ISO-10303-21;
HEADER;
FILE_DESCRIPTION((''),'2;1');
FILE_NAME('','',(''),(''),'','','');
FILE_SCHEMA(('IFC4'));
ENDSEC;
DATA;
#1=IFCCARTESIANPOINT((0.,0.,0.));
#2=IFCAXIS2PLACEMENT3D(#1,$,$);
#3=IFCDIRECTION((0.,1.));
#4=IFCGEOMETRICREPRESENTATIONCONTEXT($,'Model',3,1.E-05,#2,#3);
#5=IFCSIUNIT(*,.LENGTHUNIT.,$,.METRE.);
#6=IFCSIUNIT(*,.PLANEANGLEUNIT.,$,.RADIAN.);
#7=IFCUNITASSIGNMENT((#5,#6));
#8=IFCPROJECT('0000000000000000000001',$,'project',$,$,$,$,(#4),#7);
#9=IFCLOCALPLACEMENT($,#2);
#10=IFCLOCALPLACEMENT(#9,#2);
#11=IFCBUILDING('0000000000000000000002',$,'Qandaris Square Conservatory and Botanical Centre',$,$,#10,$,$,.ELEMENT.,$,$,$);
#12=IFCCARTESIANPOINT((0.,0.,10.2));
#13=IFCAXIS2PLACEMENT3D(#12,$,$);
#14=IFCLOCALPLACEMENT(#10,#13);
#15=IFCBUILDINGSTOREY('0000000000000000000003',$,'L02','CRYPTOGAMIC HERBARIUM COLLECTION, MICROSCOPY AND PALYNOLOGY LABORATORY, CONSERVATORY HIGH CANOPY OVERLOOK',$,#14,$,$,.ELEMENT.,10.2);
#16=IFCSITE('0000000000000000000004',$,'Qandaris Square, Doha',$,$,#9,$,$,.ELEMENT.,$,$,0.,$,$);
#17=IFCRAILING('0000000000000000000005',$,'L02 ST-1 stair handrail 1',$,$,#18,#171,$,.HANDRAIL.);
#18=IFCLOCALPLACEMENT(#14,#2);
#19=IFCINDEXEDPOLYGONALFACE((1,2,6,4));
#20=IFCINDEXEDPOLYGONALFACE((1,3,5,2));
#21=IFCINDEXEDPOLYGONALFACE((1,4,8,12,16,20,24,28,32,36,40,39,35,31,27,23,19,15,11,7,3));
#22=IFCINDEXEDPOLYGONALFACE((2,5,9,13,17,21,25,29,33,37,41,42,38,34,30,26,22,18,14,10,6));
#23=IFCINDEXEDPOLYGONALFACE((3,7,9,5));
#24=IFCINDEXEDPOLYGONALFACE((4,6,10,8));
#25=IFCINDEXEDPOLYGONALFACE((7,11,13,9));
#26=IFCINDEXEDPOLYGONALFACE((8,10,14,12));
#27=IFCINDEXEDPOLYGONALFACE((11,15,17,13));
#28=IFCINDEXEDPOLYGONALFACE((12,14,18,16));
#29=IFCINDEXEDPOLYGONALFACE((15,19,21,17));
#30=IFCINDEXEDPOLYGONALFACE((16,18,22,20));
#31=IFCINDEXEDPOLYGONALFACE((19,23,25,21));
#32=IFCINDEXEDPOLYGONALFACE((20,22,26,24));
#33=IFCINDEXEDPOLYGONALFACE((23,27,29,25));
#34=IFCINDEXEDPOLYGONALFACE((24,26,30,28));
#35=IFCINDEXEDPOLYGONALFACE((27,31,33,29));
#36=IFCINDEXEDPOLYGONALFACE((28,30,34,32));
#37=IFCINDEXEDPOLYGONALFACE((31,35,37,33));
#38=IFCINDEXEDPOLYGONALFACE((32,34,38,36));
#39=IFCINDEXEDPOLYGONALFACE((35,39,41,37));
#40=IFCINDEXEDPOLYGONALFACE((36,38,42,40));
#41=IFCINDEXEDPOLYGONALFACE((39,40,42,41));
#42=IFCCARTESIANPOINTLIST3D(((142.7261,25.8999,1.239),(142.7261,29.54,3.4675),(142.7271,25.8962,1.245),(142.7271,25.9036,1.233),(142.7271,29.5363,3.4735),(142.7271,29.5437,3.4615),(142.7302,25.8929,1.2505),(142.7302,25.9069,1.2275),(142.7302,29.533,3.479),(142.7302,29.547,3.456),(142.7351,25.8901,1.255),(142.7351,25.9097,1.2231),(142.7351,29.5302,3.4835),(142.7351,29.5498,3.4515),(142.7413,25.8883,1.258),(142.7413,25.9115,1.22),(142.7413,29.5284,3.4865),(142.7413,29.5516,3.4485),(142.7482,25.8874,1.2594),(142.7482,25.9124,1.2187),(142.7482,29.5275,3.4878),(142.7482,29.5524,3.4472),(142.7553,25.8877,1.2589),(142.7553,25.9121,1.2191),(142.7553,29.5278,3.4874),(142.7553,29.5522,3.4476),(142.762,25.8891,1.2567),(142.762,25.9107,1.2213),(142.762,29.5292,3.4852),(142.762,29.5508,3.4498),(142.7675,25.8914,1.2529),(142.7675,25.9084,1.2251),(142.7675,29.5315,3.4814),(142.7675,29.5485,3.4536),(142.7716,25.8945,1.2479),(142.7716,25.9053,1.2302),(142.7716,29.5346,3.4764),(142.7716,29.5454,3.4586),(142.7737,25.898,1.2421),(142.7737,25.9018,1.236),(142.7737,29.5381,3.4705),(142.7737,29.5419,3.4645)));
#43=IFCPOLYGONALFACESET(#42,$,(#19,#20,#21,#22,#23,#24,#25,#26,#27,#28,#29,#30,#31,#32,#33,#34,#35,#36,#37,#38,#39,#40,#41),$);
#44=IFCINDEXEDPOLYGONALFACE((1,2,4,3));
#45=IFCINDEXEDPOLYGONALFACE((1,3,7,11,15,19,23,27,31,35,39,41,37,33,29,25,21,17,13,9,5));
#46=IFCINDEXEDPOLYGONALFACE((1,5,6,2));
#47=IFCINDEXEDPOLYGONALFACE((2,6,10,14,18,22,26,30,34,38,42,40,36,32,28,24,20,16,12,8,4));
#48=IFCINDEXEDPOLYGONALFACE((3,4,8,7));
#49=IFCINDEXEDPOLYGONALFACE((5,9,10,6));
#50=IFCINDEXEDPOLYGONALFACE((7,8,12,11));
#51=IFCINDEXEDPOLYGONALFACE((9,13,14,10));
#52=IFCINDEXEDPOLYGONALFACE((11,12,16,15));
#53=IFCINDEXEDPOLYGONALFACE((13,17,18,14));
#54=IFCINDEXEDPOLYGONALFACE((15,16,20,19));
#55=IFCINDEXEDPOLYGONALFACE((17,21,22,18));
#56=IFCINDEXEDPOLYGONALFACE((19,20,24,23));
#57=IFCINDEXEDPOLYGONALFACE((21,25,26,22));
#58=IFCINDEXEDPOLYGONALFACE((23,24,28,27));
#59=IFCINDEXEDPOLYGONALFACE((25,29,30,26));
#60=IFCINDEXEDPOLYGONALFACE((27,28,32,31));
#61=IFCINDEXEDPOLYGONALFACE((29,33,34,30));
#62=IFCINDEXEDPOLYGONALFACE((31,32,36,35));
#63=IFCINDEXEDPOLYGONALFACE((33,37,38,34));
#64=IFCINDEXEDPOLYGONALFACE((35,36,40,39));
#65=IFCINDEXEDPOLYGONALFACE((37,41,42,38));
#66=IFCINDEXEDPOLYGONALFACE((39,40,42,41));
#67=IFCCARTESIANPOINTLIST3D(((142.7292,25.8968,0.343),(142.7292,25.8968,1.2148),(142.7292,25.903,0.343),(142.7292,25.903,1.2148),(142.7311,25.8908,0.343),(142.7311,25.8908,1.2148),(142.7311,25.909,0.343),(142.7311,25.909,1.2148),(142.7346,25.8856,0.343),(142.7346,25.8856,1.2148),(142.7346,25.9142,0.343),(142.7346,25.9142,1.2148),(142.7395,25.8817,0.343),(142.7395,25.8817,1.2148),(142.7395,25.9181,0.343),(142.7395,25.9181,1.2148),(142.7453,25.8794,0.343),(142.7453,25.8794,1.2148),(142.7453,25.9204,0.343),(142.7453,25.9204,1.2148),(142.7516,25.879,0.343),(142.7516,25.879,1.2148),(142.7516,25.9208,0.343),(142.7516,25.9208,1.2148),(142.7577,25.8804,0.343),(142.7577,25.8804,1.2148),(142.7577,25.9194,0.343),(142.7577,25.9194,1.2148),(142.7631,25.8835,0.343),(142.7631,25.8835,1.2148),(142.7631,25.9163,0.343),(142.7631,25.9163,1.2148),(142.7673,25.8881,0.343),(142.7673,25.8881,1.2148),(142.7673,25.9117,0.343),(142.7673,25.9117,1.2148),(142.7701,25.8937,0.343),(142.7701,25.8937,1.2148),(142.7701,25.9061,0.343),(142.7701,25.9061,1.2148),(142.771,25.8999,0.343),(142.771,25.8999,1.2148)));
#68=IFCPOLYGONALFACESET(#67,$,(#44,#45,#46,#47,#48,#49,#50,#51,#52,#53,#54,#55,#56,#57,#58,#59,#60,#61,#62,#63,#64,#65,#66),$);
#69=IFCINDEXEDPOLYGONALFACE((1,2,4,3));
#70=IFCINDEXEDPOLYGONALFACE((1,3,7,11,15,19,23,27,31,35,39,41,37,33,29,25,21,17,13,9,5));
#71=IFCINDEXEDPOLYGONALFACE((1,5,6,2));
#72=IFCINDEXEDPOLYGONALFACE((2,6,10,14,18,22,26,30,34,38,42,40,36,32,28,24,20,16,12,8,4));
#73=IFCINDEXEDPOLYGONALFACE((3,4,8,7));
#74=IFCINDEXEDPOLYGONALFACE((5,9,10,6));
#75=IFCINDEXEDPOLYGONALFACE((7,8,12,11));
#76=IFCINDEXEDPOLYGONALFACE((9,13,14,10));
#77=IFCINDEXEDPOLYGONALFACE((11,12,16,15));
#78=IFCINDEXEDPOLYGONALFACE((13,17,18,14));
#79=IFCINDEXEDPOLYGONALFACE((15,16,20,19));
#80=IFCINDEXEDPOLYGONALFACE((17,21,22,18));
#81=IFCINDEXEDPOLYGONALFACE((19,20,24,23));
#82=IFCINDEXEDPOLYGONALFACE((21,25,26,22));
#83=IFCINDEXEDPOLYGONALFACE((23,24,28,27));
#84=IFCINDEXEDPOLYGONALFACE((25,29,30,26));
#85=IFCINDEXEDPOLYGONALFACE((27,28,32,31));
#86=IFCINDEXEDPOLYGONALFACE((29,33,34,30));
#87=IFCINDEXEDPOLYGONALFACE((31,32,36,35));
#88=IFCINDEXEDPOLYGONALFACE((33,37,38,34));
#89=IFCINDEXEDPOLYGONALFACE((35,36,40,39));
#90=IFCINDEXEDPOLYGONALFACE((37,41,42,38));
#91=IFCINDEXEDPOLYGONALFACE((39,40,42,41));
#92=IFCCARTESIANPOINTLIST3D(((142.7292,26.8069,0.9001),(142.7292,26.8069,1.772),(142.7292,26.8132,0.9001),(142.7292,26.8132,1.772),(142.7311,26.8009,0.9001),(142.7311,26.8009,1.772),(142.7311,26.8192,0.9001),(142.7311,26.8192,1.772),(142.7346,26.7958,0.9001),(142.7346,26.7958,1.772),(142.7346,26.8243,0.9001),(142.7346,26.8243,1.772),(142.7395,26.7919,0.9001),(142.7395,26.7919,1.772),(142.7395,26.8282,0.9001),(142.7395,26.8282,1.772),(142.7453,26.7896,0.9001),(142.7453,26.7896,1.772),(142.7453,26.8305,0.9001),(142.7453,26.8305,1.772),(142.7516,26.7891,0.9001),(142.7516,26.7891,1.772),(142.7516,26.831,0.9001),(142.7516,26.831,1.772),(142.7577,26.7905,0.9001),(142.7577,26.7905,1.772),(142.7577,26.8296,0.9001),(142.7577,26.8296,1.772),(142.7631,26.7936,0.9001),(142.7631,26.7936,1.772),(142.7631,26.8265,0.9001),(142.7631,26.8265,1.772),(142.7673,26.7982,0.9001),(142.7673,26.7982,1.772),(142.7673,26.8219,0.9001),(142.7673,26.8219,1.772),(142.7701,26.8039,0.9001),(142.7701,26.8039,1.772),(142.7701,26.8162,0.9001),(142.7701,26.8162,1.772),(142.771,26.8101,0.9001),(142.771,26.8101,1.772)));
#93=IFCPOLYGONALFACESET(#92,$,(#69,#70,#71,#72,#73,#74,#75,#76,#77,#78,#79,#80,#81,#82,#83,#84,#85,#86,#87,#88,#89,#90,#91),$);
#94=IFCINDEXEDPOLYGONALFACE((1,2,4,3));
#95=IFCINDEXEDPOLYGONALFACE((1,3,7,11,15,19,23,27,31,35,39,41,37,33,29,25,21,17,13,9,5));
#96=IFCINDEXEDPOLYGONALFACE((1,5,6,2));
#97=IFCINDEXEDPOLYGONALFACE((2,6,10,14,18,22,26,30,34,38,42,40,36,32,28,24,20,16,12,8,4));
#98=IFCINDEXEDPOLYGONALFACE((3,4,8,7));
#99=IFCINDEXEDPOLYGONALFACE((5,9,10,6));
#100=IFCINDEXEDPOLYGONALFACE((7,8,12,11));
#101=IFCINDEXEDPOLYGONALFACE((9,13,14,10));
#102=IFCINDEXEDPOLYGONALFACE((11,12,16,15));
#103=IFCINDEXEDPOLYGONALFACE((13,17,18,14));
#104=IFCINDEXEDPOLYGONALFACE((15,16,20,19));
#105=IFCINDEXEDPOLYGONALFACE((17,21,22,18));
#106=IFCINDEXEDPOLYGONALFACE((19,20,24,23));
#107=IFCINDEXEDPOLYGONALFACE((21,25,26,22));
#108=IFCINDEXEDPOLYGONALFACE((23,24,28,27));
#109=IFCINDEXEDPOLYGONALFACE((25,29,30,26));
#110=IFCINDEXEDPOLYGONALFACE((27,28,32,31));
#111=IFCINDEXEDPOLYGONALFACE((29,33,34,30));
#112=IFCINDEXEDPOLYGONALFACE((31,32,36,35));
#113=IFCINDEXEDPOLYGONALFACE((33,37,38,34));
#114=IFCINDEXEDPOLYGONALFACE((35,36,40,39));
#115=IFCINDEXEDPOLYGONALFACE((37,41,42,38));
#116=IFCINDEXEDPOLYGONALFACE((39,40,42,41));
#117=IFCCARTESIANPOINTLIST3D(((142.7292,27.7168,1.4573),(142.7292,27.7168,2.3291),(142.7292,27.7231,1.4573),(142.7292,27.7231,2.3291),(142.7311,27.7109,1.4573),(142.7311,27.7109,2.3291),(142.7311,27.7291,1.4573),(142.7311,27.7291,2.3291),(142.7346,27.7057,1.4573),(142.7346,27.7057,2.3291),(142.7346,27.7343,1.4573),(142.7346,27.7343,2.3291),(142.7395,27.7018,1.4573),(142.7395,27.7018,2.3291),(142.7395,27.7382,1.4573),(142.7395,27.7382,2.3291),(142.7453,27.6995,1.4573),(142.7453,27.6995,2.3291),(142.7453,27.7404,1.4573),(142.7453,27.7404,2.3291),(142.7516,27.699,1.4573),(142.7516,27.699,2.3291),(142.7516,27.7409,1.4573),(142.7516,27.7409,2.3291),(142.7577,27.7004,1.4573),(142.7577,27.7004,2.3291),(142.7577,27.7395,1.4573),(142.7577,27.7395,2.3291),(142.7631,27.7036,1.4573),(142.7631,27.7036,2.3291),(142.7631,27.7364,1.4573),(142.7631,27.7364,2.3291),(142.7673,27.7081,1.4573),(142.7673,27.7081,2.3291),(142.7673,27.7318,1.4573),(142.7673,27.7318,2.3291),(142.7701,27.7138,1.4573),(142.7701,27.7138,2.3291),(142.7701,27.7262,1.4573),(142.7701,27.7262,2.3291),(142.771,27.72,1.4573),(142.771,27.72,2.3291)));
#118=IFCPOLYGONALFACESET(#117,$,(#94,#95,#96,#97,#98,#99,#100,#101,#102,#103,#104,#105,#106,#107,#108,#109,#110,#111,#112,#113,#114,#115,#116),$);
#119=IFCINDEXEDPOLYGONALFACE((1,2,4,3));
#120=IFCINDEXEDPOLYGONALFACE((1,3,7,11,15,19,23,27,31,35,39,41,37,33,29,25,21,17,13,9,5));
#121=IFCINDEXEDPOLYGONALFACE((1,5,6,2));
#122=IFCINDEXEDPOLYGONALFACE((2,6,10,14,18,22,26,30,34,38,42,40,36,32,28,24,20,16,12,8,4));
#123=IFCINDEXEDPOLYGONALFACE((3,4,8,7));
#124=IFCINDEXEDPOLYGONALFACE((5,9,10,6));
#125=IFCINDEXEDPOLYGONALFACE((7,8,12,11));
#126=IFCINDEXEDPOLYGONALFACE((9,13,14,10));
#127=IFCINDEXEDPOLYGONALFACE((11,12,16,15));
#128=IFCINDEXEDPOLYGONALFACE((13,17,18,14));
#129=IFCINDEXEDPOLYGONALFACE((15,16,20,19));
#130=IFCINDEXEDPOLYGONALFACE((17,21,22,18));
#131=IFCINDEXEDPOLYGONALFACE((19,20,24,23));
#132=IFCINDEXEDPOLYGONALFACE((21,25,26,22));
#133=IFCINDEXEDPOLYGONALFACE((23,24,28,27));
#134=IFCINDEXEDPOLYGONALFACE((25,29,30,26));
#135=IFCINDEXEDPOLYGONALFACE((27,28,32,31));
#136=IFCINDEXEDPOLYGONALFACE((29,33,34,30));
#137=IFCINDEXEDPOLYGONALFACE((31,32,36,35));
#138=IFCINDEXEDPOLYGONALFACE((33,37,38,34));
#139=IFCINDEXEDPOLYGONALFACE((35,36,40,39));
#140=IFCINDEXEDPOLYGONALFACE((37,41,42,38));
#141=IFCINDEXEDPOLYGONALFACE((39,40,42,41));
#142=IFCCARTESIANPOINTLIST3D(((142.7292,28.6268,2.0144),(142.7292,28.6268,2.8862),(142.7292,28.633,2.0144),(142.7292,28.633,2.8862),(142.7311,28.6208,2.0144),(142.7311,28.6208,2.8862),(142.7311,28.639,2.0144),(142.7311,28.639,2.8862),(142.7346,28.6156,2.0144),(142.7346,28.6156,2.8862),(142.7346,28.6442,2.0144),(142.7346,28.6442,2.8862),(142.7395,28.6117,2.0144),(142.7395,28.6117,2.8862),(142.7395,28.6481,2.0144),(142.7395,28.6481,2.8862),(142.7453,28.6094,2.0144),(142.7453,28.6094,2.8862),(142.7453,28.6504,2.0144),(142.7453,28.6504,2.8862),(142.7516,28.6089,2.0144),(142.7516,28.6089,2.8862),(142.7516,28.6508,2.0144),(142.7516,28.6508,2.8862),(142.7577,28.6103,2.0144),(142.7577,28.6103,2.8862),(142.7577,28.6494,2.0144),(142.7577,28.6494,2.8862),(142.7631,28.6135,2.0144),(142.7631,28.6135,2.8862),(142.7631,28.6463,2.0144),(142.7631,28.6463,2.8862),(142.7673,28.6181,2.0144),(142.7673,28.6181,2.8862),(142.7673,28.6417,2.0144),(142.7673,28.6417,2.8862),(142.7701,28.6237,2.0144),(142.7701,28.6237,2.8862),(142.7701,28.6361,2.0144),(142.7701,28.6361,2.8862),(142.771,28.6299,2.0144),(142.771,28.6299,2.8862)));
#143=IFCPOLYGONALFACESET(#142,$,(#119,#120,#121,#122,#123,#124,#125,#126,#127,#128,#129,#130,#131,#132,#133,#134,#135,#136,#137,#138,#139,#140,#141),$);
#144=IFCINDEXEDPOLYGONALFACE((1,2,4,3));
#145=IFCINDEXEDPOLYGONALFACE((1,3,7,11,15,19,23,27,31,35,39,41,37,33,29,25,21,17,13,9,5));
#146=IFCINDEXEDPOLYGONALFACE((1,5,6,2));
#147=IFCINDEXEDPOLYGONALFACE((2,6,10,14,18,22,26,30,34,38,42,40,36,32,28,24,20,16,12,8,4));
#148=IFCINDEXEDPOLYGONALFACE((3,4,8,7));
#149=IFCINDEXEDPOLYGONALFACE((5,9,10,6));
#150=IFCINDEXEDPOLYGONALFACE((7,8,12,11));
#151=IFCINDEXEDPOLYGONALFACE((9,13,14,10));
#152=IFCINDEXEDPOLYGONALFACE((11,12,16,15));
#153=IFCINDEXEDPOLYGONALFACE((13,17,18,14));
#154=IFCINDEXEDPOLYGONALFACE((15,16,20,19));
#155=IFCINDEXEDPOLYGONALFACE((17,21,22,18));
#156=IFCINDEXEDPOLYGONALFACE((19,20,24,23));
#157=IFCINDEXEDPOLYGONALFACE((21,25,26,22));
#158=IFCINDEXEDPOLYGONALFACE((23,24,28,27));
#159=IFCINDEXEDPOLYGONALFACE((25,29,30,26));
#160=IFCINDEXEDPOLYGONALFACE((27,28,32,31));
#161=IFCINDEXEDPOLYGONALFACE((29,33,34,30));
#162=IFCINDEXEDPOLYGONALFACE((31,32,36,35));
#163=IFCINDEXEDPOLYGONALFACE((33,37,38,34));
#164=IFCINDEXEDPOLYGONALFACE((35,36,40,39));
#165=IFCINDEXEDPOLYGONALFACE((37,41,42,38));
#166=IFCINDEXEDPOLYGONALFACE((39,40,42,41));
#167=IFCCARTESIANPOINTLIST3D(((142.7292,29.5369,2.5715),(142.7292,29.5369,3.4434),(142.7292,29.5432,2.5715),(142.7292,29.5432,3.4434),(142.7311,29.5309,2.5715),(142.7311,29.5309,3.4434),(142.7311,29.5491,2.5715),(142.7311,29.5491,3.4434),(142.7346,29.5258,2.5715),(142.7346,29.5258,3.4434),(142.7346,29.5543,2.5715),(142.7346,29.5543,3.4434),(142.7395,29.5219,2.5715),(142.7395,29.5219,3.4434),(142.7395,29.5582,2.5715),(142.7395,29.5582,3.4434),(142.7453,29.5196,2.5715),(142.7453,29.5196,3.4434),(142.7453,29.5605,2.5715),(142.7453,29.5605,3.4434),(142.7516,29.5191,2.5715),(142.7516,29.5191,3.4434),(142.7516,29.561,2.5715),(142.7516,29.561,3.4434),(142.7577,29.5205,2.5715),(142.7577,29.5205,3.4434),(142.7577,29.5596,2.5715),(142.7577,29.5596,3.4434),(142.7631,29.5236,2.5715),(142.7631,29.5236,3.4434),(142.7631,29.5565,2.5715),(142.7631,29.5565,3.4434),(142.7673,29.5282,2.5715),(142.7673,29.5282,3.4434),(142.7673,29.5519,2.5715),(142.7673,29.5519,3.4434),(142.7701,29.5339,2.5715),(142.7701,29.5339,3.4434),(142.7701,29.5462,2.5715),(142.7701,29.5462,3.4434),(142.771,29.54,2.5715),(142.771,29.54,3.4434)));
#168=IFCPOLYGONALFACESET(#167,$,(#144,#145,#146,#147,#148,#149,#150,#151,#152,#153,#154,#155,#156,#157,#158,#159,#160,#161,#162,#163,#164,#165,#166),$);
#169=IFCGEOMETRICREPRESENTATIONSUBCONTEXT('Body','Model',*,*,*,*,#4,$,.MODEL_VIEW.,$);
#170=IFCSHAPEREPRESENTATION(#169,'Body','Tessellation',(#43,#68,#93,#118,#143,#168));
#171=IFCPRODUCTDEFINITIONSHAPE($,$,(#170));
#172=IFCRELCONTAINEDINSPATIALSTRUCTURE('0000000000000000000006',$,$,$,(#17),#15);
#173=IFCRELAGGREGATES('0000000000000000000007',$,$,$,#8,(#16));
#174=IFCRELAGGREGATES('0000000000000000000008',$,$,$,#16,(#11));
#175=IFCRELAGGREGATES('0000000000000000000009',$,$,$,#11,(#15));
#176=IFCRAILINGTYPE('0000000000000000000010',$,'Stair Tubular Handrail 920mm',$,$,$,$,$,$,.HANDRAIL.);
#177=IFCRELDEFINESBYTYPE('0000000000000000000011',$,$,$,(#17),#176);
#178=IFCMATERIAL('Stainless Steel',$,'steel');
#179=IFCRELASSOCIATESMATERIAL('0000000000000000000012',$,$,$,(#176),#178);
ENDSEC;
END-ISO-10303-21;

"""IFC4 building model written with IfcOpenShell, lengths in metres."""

from ifc_helpers import new_model, si_unit, direction, frame, origin, origin_2d, place, context, subcontext, project, spatial, circle, extrude, material, type_object, element, save


model = new_model("IFC4")

# Units and contexts
model_context = context("Model", 3, precision=1e-05, world=origin(), true_north=direction((0.0, 1.0)))
body_context = subcontext(model_context, "Body", "Model", "MODEL_VIEW")
ifc_project = project(units=[si_unit("LENGTHUNIT", "METRE"), si_unit("PLANEANGLEUNIT", "RADIAN")], contexts=[model_context])

# Site, building, storey
site_placement = place(None, origin())
site = spatial("IfcSite", under=ifc_project, at=site_placement, Name="Qandaris Square, Doha", CompositionType="ELEMENT", RefElevation=0.0)
building_placement = place(site_placement, origin())
building = spatial("IfcBuilding", under=site, at=building_placement, Name="Qandaris Square Conservatory and Botanical Centre", CompositionType="ELEMENT")
storey_placement = place(building_placement, frame((0.0, 0.0, 10.2)))
storey = spatial("IfcBuildingStorey", under=building, at=storey_placement, Name="L02", Description="CRYPTOGAMIC HERBARIUM COLLECTION, MICROSCOPY AND PALYNOLOGY LABORATORY, CONSERVATORY HIGH CANOPY OVERLOOK", CompositionType="ELEMENT", Elevation=10.2)

# Railing
ifc_material_1 = material(Name="Stainless Steel", Category="steel")
railing_type_1 = type_object("IfcRailingType", Name="Stair Tubular Handrail 920mm", PredefinedType="HANDRAIL", material=ifc_material_1)
railing_1_placement = place(storey_placement, frame((142.75, 25.8999, 0.343)))
element("IfcRailing", 1, at=railing_1_placement, inside=storey, type_object=railing_type_1, Name="L02 ST-1 stair handrail 1", PredefinedType="HANDRAIL", context=body_context, shape_type="SweptSolid", body=[
    extrude(circle(Radius=0.0239, at=origin_2d()), frame((0.0, 0.0, 0.896), z_axis=(0.0, 0.852866, 0.52213), x_axis=(-1.0, 0.0, 0.0)), (0.0, 0.0, 1.0), 4.2681),
    extrude(circle(Radius=0.021, at=origin_2d()), origin(), (0.0, 0.0, 1.0), 0.8718),
    extrude(circle(Radius=0.021, at=origin_2d()), frame((0.0, 0.9102, 0.5571)), (0.0, 0.0, 1.0), 0.8718),
    extrude(circle(Radius=0.021, at=origin_2d()), frame((0.0, 1.8201, 1.1143)), (0.0, 0.0, 1.0), 0.8718),
    extrude(circle(Radius=0.021, at=origin_2d()), frame((0.0, 2.73, 1.6714)), (0.0, 0.0, 1.0), 0.8718),
    extrude(circle(Radius=0.021, at=origin_2d()), frame((0.0, 3.6401, 2.2285)), (0.0, 0.0, 1.0), 0.8718),
])

save(model, "model.ifc")
